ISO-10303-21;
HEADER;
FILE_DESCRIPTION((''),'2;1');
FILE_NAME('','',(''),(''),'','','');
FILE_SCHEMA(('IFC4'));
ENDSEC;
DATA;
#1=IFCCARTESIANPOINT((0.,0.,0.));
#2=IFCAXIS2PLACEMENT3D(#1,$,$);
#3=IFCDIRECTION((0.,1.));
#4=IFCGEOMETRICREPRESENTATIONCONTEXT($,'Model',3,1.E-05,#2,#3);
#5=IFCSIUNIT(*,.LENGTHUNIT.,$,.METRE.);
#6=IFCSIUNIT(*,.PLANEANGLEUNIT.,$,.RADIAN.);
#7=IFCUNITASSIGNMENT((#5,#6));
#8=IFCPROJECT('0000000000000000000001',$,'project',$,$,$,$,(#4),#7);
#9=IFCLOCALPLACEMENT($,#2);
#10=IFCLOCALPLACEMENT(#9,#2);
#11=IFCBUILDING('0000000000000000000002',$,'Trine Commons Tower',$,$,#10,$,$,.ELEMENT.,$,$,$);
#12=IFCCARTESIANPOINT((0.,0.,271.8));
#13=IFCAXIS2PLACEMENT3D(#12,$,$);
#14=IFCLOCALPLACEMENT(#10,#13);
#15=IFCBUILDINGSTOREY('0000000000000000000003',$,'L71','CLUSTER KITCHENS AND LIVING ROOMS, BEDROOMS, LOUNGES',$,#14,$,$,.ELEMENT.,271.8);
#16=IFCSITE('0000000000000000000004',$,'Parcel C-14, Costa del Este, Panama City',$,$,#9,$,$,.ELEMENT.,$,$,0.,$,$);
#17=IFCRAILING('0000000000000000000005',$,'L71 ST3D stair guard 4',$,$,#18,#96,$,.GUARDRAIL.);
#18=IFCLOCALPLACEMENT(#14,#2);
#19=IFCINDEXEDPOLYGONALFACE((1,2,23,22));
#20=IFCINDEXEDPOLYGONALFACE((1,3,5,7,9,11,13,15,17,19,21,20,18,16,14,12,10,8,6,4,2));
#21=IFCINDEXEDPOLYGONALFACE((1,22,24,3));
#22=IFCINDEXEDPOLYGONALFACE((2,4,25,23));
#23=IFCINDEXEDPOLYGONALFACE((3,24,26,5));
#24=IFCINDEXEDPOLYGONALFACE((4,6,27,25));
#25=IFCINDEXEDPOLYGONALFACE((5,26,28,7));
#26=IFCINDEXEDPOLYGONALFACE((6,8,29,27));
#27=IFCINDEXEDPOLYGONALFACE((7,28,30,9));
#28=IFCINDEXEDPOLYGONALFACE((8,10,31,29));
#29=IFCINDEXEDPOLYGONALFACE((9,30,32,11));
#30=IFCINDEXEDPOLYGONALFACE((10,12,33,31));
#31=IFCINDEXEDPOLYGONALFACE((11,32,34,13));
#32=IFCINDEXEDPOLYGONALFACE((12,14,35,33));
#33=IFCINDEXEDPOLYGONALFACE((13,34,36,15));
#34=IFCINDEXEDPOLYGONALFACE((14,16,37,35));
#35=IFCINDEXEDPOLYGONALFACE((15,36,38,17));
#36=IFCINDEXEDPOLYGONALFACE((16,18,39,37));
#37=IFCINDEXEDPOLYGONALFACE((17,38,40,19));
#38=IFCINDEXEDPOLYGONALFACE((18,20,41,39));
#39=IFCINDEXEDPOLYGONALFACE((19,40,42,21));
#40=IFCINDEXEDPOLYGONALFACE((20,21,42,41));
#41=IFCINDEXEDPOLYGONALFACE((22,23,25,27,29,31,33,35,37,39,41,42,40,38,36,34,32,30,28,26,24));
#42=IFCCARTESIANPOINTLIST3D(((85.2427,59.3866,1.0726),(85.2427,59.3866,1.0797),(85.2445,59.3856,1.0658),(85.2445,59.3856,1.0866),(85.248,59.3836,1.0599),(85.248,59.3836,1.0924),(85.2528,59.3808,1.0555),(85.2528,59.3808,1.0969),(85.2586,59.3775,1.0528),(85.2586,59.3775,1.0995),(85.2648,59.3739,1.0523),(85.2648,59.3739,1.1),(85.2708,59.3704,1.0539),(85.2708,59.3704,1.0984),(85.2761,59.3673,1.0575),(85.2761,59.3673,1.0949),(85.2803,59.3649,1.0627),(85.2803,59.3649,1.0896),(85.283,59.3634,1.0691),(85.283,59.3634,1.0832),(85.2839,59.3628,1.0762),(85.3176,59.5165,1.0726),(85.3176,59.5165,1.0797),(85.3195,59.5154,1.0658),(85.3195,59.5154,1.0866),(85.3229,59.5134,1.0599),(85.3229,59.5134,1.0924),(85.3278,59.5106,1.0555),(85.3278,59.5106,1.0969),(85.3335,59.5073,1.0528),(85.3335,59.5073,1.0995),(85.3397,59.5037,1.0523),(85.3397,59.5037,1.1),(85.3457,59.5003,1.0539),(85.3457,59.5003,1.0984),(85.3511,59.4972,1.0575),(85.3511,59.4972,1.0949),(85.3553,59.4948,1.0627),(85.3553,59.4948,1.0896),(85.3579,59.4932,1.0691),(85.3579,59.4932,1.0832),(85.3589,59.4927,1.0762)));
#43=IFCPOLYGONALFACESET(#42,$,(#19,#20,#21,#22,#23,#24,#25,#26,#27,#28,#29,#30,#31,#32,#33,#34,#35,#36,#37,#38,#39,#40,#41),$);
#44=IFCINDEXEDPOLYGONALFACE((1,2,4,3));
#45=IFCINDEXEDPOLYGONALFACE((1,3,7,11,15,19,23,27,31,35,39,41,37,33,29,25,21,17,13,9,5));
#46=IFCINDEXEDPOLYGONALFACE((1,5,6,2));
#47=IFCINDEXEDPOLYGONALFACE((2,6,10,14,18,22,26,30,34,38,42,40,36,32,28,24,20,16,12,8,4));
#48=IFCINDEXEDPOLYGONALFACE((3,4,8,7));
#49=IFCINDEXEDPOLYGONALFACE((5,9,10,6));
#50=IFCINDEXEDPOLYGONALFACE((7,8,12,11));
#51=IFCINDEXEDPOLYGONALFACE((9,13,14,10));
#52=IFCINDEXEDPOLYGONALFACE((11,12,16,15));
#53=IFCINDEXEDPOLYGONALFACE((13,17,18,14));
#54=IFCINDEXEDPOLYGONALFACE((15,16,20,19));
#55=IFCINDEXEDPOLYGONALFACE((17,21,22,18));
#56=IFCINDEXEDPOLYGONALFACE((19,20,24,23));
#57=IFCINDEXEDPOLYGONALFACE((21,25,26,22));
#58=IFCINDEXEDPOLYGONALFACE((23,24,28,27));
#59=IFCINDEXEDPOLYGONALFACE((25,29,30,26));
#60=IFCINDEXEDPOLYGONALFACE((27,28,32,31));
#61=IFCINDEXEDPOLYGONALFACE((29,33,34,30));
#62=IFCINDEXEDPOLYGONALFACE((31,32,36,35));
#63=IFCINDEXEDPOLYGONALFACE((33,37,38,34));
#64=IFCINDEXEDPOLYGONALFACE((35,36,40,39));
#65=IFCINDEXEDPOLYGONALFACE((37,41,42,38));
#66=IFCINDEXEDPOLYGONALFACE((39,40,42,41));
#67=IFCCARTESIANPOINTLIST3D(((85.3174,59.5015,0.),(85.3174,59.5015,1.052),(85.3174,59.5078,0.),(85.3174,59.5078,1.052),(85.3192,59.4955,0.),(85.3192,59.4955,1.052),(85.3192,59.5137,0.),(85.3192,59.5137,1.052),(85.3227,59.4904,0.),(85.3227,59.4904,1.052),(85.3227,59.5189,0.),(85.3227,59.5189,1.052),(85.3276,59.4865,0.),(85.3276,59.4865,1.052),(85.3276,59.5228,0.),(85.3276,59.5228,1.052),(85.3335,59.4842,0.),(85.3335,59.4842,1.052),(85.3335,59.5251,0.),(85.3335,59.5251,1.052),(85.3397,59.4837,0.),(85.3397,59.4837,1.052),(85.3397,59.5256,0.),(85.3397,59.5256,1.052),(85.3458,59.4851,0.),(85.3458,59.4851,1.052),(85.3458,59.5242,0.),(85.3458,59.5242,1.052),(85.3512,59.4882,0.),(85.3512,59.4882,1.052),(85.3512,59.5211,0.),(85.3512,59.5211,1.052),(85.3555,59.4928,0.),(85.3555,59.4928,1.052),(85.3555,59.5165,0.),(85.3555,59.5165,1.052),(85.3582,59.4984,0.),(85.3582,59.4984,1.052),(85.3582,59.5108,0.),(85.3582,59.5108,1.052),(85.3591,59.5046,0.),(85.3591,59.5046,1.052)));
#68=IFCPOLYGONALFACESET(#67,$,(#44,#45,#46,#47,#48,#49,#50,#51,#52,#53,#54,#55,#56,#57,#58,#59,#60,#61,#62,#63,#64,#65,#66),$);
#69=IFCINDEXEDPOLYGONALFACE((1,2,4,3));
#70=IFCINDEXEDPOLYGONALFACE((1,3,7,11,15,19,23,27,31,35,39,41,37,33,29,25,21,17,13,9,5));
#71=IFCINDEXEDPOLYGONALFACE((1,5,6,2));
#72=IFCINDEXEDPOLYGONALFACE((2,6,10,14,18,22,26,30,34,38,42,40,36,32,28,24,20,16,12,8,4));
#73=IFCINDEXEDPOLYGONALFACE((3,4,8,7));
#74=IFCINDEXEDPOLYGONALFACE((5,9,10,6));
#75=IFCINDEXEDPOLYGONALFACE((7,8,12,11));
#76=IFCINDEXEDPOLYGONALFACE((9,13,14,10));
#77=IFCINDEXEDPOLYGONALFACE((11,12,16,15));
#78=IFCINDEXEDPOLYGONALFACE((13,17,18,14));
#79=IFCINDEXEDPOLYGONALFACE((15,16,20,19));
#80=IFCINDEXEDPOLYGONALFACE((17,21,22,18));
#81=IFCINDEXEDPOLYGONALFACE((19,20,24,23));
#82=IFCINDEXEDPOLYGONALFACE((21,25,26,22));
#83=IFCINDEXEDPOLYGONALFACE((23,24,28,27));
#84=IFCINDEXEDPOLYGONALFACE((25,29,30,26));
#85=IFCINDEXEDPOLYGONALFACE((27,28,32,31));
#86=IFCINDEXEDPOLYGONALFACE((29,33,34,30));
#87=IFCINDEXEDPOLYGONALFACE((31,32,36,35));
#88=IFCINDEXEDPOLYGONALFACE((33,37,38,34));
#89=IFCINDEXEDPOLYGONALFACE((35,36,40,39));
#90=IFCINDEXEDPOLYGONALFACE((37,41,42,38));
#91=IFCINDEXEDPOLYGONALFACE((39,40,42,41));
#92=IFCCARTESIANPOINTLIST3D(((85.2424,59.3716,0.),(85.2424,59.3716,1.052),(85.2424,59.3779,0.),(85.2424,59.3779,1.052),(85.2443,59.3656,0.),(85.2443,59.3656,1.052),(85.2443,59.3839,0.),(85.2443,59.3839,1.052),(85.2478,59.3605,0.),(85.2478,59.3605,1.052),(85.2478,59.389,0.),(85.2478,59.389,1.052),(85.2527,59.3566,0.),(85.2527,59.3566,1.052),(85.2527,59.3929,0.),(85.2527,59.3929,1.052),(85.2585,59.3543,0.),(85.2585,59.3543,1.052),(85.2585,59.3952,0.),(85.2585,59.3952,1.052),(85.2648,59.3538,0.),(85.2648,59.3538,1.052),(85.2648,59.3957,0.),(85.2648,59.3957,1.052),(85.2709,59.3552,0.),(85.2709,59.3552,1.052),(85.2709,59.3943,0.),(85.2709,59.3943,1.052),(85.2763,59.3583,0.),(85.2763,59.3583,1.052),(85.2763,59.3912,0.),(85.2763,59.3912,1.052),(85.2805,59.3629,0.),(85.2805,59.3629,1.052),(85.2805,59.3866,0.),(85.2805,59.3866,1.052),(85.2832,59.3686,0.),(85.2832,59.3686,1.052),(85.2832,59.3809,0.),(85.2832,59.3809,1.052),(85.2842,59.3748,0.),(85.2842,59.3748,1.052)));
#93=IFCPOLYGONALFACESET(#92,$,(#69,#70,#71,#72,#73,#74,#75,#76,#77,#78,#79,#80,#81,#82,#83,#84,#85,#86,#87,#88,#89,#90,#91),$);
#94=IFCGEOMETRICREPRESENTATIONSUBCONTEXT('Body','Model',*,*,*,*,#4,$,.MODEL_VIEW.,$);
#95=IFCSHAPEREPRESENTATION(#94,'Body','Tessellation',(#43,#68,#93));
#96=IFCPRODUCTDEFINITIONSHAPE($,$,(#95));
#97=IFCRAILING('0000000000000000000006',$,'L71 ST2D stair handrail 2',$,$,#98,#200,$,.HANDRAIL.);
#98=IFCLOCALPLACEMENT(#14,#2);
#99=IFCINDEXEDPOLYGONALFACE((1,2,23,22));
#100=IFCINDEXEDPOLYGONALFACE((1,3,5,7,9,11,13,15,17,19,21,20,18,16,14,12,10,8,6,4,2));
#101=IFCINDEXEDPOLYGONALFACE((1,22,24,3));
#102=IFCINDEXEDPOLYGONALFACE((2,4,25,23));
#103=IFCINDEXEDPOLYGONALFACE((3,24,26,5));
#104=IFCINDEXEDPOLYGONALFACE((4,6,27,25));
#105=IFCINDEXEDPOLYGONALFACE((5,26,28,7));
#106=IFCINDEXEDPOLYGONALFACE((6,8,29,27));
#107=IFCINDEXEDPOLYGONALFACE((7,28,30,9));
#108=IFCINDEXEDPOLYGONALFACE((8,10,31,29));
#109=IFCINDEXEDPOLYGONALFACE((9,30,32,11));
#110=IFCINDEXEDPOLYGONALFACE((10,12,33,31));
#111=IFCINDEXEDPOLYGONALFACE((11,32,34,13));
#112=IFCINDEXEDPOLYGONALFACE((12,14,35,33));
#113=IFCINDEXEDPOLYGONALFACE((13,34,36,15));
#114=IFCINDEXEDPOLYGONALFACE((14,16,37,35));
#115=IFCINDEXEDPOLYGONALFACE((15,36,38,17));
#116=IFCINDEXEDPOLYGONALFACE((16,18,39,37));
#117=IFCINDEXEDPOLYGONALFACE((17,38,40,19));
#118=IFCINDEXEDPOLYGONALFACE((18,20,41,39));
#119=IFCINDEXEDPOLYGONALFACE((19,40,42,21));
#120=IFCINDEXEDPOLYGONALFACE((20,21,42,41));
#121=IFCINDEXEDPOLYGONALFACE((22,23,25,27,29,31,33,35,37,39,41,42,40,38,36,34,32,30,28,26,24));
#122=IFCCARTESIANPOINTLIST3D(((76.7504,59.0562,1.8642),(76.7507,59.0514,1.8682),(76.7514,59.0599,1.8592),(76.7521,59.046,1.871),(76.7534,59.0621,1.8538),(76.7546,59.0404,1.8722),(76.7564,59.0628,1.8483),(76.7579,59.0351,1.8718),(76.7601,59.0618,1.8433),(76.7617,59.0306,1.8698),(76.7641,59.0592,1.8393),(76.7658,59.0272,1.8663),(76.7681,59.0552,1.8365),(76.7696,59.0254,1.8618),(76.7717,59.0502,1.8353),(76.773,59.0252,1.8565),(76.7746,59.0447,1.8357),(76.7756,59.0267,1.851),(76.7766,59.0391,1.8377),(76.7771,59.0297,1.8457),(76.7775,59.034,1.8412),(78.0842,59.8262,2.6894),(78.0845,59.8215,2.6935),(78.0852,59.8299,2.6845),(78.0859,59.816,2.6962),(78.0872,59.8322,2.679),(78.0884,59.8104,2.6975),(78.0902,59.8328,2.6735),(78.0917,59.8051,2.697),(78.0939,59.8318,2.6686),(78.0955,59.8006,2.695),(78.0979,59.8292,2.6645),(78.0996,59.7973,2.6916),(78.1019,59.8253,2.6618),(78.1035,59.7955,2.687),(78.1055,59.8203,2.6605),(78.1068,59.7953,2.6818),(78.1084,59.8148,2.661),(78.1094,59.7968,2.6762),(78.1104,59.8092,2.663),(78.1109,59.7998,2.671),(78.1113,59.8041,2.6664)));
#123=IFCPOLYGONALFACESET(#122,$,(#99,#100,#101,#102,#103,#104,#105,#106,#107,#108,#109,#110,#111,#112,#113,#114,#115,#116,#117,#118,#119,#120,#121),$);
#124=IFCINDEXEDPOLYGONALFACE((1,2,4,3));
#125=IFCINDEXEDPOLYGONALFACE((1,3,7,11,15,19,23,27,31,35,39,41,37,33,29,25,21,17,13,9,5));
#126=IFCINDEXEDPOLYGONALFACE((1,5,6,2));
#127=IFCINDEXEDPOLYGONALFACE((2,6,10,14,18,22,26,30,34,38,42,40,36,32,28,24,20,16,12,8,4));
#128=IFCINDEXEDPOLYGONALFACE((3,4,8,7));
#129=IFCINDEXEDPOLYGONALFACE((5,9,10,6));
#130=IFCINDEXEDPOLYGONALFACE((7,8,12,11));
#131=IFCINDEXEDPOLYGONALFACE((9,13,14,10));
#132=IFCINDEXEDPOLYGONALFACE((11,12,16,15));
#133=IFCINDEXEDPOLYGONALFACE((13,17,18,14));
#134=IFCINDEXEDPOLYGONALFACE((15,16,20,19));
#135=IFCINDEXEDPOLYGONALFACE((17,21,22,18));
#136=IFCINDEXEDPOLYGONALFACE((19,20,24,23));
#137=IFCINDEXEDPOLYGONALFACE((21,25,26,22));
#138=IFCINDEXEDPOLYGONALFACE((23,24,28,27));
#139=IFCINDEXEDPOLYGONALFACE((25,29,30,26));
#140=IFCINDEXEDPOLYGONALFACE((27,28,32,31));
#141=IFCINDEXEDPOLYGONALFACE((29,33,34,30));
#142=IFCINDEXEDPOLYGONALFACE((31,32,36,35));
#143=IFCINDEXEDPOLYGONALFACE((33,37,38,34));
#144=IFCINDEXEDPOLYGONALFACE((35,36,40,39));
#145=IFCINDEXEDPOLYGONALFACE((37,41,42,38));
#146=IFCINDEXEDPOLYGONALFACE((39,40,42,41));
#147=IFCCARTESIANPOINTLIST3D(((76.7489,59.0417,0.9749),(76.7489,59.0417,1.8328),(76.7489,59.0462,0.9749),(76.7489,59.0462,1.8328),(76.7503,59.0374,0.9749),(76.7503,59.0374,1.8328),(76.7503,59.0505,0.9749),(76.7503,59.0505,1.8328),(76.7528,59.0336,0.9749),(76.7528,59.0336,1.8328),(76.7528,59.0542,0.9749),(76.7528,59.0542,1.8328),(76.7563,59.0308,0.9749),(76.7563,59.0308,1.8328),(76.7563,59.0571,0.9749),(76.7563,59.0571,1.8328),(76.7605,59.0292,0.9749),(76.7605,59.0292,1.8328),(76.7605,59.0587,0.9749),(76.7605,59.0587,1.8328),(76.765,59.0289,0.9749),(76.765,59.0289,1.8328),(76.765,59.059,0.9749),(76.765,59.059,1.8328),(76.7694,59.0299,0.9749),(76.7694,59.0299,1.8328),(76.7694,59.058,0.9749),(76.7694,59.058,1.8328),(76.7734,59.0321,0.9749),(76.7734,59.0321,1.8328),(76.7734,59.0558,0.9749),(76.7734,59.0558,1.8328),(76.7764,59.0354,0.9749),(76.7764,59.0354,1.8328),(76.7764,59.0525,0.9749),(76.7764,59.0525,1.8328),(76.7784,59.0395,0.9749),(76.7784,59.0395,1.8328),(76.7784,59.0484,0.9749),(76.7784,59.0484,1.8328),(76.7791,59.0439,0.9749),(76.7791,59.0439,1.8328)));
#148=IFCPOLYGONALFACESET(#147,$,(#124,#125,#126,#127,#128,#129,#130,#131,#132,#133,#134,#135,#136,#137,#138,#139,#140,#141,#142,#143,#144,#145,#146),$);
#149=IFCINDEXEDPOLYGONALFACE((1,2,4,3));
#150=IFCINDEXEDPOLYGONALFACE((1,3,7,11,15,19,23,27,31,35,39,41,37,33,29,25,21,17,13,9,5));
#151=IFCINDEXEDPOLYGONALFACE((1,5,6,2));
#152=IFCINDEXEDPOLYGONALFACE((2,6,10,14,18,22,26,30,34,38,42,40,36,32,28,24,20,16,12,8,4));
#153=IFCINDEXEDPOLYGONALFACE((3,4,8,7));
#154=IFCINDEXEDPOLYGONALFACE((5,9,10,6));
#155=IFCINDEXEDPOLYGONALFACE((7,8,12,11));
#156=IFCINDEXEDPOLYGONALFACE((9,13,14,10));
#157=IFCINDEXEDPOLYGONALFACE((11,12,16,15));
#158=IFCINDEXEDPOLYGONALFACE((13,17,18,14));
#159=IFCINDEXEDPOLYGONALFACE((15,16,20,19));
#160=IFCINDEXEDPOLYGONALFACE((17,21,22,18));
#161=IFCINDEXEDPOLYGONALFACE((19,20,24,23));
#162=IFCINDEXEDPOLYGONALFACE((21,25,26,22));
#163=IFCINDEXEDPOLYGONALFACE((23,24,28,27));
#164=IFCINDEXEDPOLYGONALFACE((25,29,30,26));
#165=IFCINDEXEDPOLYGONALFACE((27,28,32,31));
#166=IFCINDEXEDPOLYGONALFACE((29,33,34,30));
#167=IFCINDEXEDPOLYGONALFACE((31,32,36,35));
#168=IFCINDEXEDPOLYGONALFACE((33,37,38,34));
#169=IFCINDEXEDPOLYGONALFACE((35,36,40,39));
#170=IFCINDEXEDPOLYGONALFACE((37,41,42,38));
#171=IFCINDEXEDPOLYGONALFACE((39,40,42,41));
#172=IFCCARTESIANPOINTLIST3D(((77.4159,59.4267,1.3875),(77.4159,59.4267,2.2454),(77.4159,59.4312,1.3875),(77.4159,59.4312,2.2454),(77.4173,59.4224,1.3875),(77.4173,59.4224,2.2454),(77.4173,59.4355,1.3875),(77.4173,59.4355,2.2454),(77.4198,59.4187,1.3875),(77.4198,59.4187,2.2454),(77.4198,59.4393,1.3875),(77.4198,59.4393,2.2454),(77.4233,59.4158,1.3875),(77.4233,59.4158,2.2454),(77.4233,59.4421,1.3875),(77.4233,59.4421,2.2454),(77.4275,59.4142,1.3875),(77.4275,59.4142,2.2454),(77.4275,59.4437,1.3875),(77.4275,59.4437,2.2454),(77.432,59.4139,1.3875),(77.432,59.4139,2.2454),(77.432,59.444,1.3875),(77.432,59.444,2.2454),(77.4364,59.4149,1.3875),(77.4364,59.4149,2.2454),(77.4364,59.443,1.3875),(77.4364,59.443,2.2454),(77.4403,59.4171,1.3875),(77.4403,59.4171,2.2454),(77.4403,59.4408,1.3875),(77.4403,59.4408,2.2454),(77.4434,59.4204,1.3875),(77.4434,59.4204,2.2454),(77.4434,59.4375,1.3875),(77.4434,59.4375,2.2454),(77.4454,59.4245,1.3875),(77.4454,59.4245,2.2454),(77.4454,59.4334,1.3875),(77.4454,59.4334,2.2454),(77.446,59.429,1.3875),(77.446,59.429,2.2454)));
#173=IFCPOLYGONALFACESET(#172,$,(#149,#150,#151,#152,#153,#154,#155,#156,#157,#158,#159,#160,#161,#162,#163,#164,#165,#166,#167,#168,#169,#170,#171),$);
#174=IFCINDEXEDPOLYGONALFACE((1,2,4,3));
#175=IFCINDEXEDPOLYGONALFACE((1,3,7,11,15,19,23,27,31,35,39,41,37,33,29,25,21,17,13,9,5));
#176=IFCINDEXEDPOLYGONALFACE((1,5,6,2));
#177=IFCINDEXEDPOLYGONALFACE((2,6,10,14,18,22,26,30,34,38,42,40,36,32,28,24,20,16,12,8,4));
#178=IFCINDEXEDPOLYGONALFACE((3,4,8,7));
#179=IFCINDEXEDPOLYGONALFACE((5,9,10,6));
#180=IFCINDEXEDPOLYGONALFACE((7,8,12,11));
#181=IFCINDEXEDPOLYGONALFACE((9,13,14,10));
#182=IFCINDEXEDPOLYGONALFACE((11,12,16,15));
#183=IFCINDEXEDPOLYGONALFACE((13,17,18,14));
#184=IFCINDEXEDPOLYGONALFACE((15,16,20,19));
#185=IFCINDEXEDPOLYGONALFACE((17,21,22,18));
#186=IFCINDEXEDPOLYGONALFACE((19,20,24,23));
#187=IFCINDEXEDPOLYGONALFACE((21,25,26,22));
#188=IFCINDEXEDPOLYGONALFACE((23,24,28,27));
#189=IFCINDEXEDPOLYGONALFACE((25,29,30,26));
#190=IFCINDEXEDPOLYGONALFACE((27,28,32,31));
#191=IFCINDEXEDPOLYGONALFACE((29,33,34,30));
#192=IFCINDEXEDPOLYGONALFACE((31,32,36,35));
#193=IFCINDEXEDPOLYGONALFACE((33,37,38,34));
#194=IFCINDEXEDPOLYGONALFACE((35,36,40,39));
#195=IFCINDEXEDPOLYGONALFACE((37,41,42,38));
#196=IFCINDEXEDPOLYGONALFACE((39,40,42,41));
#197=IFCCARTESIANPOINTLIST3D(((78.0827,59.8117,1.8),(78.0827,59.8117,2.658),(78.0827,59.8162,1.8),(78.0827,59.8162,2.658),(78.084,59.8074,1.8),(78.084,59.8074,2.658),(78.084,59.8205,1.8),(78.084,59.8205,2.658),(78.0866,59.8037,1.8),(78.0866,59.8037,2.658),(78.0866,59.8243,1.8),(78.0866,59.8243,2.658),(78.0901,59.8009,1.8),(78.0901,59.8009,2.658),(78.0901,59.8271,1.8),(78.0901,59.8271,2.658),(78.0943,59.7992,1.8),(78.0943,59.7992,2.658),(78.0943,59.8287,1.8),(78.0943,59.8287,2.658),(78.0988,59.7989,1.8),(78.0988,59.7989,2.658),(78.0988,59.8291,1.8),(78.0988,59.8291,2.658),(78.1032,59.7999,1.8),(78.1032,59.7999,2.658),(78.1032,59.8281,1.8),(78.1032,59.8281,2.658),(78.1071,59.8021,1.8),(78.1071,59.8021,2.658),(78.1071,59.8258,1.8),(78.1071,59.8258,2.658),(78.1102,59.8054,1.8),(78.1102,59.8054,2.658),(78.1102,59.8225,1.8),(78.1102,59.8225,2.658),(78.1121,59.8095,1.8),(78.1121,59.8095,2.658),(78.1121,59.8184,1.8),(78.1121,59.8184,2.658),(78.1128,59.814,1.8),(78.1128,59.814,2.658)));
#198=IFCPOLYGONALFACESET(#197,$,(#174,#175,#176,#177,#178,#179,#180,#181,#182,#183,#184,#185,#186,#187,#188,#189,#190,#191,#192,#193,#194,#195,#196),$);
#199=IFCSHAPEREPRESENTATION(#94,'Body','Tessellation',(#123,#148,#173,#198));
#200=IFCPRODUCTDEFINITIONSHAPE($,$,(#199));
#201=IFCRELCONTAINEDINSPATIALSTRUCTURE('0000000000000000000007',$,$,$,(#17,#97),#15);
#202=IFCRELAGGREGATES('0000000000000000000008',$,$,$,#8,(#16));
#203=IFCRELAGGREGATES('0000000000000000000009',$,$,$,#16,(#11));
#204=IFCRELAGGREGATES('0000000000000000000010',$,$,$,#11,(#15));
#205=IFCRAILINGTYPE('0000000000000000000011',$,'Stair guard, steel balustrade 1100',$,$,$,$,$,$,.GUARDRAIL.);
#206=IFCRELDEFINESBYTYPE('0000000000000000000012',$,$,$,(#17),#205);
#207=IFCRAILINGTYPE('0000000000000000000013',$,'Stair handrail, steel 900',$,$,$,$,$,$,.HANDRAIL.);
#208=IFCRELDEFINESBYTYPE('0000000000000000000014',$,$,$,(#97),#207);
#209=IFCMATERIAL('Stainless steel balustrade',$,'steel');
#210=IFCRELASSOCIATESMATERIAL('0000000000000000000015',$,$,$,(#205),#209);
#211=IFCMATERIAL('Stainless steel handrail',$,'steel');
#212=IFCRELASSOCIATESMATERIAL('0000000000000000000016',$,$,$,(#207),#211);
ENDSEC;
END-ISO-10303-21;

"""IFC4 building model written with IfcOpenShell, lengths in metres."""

from ifc_helpers import new_model, si_unit, direction, frame, origin, origin_2d, place, context, subcontext, project, spatial, circle, extrude, material, type_object, element, save


model = new_model("IFC4")

# Units and contexts
model_context = context("Model", 3, precision=1e-05, world=origin(), true_north=direction((0.0, 1.0)))
body_context = subcontext(model_context, "Body", "Model", "MODEL_VIEW")
ifc_project = project(units=[si_unit("LENGTHUNIT", "METRE"), si_unit("PLANEANGLEUNIT", "RADIAN")], contexts=[model_context])

# Site, building, storey
site_placement = place(None, origin())
site = spatial("IfcSite", under=ifc_project, at=site_placement, Name="Parcel C-14, Costa del Este, Panama City", CompositionType="ELEMENT", RefElevation=0.0)
building_placement = place(site_placement, origin())
building = spatial("IfcBuilding", under=site, at=building_placement, Name="Trine Commons Tower", CompositionType="ELEMENT")
storey_placement = place(building_placement, frame((0.0, 0.0, 271.8)))
storey = spatial("IfcBuildingStorey", under=building, at=storey_placement, Name="L71", Description="CLUSTER KITCHENS AND LIVING ROOMS, BEDROOMS, LOUNGES", CompositionType="ELEMENT", Elevation=271.8)

# Railings
ifc_material_1 = material(Name="Stainless steel balustrade", Category="steel")
railing_type_1 = type_object("IfcRailingType", Name="Stair guard, steel balustrade 1100", PredefinedType="GUARDRAIL", material=ifc_material_1)
railing_1_placement = place(storey_placement, frame((85.3381, 59.5046, 0.0)))
element("IfcRailing", 1, at=railing_1_placement, inside=storey, type_object=railing_type_1, Name="L71 ST3D stair guard 4", PredefinedType="GUARDRAIL", context=body_context, shape_type="SweptSolid", body=[
    extrude(circle(Radius=0.0239, at=origin_2d()), frame((0.0, 0.0, 1.0762), z_axis=(-0.499816, -0.866131, 0.0), x_axis=(0.866131, -0.499816, 0.0)), (0.0, 0.0, 1.0), 0.1499),
    extrude(circle(Radius=0.021, at=origin_2d()), origin(), (0.0, 0.0, 1.0), 1.052),
    extrude(circle(Radius=0.021, at=origin_2d()), frame((-0.075, -0.1299, 0.0)), (0.0, 0.0, 1.0), 1.052),
])
ifc_material_2 = material(Name="Stainless steel handrail", Category="steel")
railing_type_2 = type_object("IfcRailingType", Name="Stair handrail, steel 900", PredefinedType="HANDRAIL", material=ifc_material_2)
railing_2_placement = place(storey_placement, frame((76.7639, 59.0439, 0.9749)))
element("IfcRailing", 2, at=railing_2_placement, inside=storey, type_object=railing_type_2, Name="L71 ST2D stair handrail 2", PredefinedType="HANDRAIL", context=body_context, shape_type="SweptSolid", body=[
    extrude(circle(Radius=0.021, at=origin_2d()), frame((0.0, 0.0, 0.8789), z_axis=(0.763355, 0.440714, 0.472293), x_axis=(-0.499992, 0.86603, 0.0)), (0.0, 0.0, 1.0), 1.7473),
    extrude(circle(Radius=0.0151, at=origin_2d()), origin(), (0.0, 0.0, 1.0), 0.8579),
    extrude(circle(Radius=0.0151, at=origin_2d()), frame((0.667, 0.385, 0.4126)), (0.0, 0.0, 1.0), 0.8579),
    extrude(circle(Radius=0.0151, at=origin_2d()), frame((1.3337, 0.77, 0.8252)), (0.0, 0.0, 1.0), 0.8579),
])

save(model, "model.ifc")
